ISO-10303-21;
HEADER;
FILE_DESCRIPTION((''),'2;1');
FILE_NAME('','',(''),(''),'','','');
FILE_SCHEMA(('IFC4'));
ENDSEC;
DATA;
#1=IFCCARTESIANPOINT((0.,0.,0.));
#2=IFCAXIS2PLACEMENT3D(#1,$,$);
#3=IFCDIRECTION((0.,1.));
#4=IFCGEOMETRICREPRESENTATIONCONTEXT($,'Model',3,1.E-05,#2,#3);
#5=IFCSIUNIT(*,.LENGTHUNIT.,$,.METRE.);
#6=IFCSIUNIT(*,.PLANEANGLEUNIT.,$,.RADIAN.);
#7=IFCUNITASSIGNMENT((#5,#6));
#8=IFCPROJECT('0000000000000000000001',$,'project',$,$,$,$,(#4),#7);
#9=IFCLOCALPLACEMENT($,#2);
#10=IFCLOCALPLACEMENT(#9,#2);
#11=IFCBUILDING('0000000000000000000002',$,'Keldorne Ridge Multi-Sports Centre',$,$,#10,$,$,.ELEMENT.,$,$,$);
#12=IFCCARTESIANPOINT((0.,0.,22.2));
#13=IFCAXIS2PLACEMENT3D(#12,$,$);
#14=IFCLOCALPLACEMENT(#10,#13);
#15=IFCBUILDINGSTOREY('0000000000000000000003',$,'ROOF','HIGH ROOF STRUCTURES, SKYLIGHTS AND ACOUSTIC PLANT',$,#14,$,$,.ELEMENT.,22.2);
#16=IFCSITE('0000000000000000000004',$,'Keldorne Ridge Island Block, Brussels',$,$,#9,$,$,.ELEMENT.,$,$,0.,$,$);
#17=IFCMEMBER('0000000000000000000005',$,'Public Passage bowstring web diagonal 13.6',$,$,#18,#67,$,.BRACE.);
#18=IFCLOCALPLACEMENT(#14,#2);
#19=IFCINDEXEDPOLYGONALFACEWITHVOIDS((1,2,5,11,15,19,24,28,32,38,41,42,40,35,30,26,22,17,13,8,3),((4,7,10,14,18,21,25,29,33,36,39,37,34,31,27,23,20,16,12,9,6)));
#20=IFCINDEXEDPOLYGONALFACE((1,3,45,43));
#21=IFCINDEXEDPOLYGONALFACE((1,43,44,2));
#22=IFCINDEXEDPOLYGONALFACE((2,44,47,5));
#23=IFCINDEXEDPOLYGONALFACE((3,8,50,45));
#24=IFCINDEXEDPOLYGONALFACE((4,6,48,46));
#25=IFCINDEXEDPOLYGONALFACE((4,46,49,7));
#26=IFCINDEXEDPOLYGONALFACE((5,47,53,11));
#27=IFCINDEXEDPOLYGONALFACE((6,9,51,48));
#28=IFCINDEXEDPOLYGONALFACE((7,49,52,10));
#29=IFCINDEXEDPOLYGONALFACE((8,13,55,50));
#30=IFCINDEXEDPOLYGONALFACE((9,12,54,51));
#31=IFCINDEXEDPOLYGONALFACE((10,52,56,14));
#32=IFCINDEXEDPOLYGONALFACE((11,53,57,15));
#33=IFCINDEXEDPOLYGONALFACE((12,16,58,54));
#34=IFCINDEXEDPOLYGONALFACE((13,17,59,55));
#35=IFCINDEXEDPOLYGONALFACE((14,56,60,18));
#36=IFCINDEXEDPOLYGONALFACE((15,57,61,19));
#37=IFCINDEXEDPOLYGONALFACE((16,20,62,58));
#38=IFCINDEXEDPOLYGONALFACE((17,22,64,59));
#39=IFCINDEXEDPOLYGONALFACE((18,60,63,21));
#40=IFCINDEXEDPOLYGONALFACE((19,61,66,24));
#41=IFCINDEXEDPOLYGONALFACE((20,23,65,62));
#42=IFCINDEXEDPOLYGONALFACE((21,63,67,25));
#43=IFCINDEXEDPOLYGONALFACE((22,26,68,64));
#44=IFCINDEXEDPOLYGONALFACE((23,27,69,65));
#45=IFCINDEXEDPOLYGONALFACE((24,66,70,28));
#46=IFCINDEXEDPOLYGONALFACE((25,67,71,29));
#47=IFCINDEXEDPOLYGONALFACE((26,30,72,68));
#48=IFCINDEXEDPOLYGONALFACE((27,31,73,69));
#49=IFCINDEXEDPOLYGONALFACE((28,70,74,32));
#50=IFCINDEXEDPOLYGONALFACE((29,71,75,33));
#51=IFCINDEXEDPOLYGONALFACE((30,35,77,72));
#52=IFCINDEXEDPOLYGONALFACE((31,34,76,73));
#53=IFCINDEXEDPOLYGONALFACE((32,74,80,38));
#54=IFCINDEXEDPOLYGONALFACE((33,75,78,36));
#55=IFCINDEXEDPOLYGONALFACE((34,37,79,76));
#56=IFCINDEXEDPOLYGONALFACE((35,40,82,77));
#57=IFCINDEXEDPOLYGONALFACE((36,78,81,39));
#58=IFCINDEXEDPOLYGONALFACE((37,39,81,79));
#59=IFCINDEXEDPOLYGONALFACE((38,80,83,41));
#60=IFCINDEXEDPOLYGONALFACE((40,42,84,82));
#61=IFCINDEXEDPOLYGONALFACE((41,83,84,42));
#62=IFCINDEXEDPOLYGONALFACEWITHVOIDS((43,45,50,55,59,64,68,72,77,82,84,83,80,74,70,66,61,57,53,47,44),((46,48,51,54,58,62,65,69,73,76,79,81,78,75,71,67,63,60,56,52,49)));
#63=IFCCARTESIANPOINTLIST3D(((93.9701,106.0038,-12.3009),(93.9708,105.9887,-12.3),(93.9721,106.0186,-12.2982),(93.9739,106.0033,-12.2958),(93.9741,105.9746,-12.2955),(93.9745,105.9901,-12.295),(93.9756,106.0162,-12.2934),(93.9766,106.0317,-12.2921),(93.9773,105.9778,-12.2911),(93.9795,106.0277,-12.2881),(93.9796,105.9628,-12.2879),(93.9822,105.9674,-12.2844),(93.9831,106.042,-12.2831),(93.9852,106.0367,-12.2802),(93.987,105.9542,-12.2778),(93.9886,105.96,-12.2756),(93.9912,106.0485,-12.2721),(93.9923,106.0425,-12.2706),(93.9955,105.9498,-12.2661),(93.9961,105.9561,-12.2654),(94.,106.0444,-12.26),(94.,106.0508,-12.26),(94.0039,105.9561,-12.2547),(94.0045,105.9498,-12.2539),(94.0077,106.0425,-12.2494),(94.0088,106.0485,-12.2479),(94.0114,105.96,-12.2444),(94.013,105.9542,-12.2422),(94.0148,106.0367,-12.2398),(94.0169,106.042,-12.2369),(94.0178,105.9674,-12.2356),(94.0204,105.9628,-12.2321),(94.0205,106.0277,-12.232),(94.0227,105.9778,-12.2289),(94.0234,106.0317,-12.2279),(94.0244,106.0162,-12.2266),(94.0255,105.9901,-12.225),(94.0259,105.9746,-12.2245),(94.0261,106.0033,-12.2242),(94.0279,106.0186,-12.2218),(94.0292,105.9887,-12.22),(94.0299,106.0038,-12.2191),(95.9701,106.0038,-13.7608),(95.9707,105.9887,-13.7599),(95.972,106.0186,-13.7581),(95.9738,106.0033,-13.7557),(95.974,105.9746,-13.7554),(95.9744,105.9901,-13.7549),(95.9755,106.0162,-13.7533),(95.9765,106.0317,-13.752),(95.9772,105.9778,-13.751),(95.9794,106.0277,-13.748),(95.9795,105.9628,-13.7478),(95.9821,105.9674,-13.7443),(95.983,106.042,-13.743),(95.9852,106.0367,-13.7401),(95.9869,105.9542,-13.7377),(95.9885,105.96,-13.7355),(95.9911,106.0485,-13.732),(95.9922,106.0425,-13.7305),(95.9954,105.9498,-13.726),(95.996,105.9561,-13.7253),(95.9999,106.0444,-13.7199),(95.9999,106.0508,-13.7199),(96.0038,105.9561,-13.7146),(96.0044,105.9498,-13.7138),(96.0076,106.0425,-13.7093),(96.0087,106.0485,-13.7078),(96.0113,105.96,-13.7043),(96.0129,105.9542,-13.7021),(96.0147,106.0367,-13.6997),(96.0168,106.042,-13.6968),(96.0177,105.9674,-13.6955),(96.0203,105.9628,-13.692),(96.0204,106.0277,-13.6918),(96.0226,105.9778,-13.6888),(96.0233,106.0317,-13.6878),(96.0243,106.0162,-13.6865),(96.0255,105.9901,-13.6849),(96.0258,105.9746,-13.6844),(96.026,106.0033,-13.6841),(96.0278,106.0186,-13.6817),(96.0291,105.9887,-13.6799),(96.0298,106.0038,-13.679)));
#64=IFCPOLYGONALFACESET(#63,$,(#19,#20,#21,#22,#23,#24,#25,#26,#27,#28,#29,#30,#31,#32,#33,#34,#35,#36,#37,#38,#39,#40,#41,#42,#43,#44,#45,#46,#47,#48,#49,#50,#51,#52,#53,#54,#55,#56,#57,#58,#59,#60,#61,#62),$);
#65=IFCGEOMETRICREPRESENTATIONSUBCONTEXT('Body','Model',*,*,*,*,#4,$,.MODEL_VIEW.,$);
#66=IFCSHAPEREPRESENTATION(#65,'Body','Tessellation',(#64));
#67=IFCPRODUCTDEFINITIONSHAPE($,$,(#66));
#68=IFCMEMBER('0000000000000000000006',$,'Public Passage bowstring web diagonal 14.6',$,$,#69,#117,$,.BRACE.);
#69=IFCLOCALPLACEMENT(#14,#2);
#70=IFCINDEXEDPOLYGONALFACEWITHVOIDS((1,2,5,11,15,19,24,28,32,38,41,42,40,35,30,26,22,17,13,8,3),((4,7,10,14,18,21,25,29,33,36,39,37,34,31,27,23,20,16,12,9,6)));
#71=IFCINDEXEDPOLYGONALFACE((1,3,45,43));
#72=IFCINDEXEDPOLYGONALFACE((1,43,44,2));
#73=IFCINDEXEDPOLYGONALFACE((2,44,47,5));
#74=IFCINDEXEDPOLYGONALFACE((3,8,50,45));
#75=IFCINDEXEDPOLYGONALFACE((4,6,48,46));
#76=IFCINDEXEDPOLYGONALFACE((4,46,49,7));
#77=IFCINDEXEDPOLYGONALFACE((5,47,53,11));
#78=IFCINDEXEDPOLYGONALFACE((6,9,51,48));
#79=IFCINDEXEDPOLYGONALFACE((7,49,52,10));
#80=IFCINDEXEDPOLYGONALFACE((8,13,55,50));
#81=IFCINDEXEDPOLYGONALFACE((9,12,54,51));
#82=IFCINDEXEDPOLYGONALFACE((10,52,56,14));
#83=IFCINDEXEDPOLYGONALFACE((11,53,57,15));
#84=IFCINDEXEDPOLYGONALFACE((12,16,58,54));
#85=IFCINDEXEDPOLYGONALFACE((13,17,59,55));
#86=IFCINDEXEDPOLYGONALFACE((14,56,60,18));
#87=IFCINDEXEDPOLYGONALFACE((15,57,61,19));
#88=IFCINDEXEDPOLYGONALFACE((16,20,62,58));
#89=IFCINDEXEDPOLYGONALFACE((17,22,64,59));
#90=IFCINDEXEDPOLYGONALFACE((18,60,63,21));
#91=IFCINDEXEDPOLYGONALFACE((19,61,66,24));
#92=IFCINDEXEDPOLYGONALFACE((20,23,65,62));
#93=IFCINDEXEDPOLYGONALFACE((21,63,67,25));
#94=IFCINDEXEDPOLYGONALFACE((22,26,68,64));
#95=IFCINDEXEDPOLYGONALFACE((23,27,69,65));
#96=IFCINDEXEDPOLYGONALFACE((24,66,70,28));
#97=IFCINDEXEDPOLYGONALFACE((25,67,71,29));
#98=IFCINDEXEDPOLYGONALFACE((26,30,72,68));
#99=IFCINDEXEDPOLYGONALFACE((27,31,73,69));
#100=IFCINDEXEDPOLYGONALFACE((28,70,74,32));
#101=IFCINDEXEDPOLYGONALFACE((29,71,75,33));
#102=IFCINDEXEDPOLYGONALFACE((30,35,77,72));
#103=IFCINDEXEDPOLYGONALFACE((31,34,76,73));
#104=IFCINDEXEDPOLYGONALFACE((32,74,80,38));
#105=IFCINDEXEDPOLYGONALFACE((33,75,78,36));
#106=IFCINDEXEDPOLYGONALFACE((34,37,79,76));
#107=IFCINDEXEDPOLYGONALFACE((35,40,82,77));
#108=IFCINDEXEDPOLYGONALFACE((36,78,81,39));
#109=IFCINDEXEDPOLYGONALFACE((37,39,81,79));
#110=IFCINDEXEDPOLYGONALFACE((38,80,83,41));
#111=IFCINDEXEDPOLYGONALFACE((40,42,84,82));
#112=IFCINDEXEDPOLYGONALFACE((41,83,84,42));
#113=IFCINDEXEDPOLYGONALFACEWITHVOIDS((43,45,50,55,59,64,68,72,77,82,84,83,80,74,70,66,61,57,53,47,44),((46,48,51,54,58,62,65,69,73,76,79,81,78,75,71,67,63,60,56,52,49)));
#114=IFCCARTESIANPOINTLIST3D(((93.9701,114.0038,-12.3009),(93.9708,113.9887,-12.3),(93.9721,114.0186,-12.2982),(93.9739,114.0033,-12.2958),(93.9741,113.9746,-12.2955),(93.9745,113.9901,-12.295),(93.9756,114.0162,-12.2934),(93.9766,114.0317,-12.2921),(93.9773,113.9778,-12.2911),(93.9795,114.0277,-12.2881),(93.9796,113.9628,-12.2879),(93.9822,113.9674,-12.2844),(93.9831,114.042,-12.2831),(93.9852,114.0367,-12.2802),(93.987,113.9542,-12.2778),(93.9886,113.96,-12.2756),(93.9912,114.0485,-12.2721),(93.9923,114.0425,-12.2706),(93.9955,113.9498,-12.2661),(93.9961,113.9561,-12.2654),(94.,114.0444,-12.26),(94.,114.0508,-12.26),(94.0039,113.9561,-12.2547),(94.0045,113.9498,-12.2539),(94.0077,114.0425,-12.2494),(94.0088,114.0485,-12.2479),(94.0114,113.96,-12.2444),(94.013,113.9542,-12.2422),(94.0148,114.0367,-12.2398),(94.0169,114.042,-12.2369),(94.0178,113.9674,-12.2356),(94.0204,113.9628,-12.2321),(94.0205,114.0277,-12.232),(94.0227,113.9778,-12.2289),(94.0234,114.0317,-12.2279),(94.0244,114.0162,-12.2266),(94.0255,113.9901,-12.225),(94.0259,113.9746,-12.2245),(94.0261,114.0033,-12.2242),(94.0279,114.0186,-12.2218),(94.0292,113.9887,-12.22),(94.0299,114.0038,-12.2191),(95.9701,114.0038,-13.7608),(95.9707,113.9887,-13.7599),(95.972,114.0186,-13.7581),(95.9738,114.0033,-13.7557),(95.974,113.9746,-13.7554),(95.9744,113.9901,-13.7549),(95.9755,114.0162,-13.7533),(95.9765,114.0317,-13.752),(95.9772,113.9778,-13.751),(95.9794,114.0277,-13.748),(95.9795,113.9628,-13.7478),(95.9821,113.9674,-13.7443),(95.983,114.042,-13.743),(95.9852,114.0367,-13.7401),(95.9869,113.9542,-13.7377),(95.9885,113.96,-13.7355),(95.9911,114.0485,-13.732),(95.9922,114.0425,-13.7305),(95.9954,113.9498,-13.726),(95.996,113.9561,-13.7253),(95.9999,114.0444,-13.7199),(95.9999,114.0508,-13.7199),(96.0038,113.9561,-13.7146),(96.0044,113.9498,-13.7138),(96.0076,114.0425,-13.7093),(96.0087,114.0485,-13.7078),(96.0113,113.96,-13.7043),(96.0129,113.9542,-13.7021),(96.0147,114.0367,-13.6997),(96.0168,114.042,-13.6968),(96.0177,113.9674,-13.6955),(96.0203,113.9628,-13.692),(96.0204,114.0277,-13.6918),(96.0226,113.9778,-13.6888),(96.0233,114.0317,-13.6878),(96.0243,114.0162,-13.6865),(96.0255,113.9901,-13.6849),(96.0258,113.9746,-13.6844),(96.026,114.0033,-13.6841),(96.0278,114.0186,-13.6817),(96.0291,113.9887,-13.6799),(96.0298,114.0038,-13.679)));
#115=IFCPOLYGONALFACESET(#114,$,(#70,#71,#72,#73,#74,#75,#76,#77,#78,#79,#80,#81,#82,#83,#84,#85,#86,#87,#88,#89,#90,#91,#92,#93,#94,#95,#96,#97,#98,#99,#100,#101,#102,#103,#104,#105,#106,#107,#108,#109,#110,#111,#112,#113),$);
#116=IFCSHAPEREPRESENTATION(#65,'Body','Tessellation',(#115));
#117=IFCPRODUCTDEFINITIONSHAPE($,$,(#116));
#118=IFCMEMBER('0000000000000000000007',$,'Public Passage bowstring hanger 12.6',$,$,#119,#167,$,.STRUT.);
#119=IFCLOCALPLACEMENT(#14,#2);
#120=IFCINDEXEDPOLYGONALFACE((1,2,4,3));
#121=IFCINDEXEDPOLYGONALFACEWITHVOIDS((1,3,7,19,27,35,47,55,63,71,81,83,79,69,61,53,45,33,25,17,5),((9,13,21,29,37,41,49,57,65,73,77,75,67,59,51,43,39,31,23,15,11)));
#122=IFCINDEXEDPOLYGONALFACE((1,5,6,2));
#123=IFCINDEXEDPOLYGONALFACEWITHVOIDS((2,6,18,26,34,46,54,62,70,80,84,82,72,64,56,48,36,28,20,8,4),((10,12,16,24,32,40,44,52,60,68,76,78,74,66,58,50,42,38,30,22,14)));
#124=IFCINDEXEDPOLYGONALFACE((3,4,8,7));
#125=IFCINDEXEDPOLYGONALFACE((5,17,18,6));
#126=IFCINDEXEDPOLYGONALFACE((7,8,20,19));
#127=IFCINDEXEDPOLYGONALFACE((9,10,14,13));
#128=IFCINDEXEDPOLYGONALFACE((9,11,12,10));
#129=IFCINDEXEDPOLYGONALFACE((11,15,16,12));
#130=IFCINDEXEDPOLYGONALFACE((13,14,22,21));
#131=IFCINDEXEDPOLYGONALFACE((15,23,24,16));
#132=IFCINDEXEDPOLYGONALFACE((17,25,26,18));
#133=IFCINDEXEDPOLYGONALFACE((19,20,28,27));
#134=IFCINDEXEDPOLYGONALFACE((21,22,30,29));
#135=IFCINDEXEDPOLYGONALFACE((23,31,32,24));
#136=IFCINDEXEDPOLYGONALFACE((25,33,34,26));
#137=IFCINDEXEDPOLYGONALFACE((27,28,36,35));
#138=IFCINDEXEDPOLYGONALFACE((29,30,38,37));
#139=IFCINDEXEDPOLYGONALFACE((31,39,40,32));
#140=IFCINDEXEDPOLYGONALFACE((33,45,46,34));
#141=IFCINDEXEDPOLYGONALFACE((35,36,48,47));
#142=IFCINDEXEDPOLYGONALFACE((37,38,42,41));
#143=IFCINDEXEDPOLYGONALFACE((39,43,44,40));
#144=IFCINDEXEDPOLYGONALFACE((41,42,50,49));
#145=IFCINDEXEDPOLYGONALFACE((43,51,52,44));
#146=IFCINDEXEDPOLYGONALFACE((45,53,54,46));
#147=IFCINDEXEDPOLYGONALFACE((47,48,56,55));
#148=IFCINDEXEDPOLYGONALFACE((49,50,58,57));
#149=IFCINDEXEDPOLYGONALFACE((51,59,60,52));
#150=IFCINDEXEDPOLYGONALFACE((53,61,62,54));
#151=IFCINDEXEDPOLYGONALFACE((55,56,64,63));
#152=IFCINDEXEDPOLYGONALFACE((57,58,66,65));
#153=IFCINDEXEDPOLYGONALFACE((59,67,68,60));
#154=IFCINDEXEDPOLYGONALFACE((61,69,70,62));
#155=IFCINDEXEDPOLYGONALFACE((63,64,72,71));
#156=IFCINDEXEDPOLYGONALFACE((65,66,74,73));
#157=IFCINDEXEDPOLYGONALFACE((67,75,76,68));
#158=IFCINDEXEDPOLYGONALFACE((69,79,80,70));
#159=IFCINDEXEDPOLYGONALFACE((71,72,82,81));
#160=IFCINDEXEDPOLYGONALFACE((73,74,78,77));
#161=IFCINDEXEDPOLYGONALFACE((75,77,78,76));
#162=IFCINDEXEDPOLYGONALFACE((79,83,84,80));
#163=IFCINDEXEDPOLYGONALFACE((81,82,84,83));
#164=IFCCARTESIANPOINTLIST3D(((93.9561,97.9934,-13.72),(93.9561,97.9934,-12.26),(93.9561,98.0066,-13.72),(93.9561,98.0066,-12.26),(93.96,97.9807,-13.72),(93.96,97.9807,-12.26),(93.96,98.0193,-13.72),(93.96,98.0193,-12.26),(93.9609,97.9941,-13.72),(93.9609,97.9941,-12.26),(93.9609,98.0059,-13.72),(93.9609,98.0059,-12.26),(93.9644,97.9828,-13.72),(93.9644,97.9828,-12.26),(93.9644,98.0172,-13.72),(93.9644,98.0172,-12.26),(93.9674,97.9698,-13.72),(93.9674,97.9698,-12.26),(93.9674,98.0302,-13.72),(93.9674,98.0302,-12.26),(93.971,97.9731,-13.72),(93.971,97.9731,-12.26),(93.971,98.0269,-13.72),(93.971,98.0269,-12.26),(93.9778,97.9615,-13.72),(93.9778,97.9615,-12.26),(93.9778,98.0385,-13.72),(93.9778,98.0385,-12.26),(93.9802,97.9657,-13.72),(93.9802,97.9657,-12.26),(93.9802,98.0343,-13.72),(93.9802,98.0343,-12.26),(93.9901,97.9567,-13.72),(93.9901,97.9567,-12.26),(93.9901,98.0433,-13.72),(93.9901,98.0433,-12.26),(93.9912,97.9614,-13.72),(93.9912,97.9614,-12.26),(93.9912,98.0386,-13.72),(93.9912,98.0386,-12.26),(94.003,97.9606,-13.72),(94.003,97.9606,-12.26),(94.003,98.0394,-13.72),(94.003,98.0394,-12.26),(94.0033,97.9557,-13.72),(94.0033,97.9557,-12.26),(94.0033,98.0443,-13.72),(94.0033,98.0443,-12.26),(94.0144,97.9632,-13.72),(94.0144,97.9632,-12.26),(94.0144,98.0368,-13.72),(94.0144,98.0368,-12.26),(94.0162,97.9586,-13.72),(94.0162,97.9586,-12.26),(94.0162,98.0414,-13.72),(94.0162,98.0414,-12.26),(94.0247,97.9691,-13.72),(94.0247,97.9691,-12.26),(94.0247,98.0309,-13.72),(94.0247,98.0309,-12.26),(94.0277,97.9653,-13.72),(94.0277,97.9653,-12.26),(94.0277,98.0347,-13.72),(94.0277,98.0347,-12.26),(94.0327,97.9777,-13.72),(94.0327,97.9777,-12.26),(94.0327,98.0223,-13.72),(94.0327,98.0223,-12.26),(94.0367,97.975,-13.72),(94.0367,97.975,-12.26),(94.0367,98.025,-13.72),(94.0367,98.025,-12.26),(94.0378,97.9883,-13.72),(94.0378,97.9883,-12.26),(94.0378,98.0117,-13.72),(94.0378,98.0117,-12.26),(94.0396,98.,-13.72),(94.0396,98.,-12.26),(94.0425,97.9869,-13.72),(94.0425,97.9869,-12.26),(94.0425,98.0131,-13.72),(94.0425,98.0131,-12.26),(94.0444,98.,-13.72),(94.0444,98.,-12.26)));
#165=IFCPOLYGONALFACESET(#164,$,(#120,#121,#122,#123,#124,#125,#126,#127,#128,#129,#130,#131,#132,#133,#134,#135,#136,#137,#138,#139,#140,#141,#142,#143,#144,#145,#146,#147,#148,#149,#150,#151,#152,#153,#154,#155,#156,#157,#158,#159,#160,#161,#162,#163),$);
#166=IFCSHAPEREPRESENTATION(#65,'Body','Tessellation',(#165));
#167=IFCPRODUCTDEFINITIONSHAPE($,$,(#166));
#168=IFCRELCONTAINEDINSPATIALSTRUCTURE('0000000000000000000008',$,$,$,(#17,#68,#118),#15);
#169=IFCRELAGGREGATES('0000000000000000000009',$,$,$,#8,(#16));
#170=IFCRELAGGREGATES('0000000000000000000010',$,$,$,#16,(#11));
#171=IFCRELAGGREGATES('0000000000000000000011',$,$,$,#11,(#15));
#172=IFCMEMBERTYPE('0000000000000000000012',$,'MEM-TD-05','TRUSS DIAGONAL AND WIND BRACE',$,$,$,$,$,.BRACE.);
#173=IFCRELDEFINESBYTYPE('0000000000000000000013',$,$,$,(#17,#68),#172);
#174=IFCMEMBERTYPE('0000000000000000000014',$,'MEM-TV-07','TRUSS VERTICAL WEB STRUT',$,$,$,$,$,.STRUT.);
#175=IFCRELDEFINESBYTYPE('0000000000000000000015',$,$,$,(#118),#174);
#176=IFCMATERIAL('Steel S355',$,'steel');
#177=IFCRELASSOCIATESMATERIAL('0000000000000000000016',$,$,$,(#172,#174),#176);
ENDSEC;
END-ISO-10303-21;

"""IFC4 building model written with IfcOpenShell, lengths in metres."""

from ifc_helpers import new_model, si_unit, direction, frame, origin, origin_2d, place, context, subcontext, project, spatial, hollow_circle, extrude, material, material_profile, profile_set, type_object, element, save


model = new_model("IFC4")

# Units and contexts
model_context = context("Model", 3, precision=1e-05, world=origin(), true_north=direction((0.0, 1.0)))
body_context = subcontext(model_context, "Body", "Model", "MODEL_VIEW")
ifc_project = project(units=[si_unit("LENGTHUNIT", "METRE"), si_unit("PLANEANGLEUNIT", "RADIAN")], contexts=[model_context])

# Site, building, storey
site_placement = place(None, origin())
site = spatial("IfcSite", under=ifc_project, at=site_placement, Name="Keldorne Ridge Island Block, Brussels", CompositionType="ELEMENT", RefElevation=0.0)
building_placement = place(site_placement, origin())
building = spatial("IfcBuilding", under=site, at=building_placement, Name="Keldorne Ridge Multi-Sports Centre", CompositionType="ELEMENT")
storey_placement = place(building_placement, frame((0.0, 0.0, 22.2)))
storey = spatial("IfcBuildingStorey", under=building, at=storey_placement, Name="ROOF", Description="HIGH ROOF STRUCTURES, SKYLIGHTS AND ACOUSTIC PLANT", CompositionType="ELEMENT", Elevation=22.2)

# Shared definitions
ifc_material_1 = material(Name="Steel S355", Category="steel")

# Members
ifc_material_profile_1 = material_profile(ifc_material_1, hollow_circle(Radius=0.0508, WallThickness=0.0063, at=origin_2d()), Name="CHS 101.6x6.3")
ifc_profile_set_1 = profile_set([ifc_material_profile_1], Name="Steel S355")
member_type_1 = type_object("IfcMemberType", Name="MEM-TD-05", Description="TRUSS DIAGONAL AND WIND BRACE", PredefinedType="BRACE", material=ifc_profile_set_1)
for number, where, z_axis, x_axis, name in (
    (1, (94.0, 106.0, -12.26), (0.807695, 0.0, -0.589601), (0.0, 1.0, 0.0), "Public Passage bowstring web diagonal 13.6"),
    (2, (94.0, 114.0, -12.26), (0.807695, 0.0, -0.589601), (0.0, 1.0, 0.0), "Public Passage bowstring web diagonal 14.6"),
):
    element("IfcMember", number, at=place(storey_placement, frame(where, z_axis=z_axis, x_axis=x_axis)), inside=storey, type_object=member_type_1, Name=name, PredefinedType="BRACE", context=body_context, shape_type="SweptSolid", body=[
        extrude(hollow_circle(Radius=0.0508, WallThickness=0.0063, at=origin_2d()), origin(), (0.0, 0.0, 1.0), 2.4761),
    ])
ifc_material_profile_2 = material_profile(ifc_material_1, hollow_circle(Radius=0.0444, WallThickness=0.0049, at=origin_2d()), Name="CHS 88.9x5")
ifc_profile_set_2 = profile_set([ifc_material_profile_2], Name="Steel S355")
member_type_2 = type_object("IfcMemberType", Name="MEM-TV-07", Description="TRUSS VERTICAL WEB STRUT", PredefinedType="STRUT", material=ifc_profile_set_2)
member_1_placement = place(storey_placement, frame((94.0, 98.0, -13.72), z_axis=(0.0, 0.0, 1.0), x_axis=(1.0, 0.0, 0.0)))
element("IfcMember", 3, at=member_1_placement, inside=storey, type_object=member_type_2, Name="Public Passage bowstring hanger 12.6", PredefinedType="STRUT", context=body_context, shape_type="SweptSolid", body=[
    extrude(hollow_circle(Radius=0.0444, WallThickness=0.0049, at=origin_2d()), origin(), (0.0, 0.0, 1.0), 1.46),
])

save(model, "model.ifc")
